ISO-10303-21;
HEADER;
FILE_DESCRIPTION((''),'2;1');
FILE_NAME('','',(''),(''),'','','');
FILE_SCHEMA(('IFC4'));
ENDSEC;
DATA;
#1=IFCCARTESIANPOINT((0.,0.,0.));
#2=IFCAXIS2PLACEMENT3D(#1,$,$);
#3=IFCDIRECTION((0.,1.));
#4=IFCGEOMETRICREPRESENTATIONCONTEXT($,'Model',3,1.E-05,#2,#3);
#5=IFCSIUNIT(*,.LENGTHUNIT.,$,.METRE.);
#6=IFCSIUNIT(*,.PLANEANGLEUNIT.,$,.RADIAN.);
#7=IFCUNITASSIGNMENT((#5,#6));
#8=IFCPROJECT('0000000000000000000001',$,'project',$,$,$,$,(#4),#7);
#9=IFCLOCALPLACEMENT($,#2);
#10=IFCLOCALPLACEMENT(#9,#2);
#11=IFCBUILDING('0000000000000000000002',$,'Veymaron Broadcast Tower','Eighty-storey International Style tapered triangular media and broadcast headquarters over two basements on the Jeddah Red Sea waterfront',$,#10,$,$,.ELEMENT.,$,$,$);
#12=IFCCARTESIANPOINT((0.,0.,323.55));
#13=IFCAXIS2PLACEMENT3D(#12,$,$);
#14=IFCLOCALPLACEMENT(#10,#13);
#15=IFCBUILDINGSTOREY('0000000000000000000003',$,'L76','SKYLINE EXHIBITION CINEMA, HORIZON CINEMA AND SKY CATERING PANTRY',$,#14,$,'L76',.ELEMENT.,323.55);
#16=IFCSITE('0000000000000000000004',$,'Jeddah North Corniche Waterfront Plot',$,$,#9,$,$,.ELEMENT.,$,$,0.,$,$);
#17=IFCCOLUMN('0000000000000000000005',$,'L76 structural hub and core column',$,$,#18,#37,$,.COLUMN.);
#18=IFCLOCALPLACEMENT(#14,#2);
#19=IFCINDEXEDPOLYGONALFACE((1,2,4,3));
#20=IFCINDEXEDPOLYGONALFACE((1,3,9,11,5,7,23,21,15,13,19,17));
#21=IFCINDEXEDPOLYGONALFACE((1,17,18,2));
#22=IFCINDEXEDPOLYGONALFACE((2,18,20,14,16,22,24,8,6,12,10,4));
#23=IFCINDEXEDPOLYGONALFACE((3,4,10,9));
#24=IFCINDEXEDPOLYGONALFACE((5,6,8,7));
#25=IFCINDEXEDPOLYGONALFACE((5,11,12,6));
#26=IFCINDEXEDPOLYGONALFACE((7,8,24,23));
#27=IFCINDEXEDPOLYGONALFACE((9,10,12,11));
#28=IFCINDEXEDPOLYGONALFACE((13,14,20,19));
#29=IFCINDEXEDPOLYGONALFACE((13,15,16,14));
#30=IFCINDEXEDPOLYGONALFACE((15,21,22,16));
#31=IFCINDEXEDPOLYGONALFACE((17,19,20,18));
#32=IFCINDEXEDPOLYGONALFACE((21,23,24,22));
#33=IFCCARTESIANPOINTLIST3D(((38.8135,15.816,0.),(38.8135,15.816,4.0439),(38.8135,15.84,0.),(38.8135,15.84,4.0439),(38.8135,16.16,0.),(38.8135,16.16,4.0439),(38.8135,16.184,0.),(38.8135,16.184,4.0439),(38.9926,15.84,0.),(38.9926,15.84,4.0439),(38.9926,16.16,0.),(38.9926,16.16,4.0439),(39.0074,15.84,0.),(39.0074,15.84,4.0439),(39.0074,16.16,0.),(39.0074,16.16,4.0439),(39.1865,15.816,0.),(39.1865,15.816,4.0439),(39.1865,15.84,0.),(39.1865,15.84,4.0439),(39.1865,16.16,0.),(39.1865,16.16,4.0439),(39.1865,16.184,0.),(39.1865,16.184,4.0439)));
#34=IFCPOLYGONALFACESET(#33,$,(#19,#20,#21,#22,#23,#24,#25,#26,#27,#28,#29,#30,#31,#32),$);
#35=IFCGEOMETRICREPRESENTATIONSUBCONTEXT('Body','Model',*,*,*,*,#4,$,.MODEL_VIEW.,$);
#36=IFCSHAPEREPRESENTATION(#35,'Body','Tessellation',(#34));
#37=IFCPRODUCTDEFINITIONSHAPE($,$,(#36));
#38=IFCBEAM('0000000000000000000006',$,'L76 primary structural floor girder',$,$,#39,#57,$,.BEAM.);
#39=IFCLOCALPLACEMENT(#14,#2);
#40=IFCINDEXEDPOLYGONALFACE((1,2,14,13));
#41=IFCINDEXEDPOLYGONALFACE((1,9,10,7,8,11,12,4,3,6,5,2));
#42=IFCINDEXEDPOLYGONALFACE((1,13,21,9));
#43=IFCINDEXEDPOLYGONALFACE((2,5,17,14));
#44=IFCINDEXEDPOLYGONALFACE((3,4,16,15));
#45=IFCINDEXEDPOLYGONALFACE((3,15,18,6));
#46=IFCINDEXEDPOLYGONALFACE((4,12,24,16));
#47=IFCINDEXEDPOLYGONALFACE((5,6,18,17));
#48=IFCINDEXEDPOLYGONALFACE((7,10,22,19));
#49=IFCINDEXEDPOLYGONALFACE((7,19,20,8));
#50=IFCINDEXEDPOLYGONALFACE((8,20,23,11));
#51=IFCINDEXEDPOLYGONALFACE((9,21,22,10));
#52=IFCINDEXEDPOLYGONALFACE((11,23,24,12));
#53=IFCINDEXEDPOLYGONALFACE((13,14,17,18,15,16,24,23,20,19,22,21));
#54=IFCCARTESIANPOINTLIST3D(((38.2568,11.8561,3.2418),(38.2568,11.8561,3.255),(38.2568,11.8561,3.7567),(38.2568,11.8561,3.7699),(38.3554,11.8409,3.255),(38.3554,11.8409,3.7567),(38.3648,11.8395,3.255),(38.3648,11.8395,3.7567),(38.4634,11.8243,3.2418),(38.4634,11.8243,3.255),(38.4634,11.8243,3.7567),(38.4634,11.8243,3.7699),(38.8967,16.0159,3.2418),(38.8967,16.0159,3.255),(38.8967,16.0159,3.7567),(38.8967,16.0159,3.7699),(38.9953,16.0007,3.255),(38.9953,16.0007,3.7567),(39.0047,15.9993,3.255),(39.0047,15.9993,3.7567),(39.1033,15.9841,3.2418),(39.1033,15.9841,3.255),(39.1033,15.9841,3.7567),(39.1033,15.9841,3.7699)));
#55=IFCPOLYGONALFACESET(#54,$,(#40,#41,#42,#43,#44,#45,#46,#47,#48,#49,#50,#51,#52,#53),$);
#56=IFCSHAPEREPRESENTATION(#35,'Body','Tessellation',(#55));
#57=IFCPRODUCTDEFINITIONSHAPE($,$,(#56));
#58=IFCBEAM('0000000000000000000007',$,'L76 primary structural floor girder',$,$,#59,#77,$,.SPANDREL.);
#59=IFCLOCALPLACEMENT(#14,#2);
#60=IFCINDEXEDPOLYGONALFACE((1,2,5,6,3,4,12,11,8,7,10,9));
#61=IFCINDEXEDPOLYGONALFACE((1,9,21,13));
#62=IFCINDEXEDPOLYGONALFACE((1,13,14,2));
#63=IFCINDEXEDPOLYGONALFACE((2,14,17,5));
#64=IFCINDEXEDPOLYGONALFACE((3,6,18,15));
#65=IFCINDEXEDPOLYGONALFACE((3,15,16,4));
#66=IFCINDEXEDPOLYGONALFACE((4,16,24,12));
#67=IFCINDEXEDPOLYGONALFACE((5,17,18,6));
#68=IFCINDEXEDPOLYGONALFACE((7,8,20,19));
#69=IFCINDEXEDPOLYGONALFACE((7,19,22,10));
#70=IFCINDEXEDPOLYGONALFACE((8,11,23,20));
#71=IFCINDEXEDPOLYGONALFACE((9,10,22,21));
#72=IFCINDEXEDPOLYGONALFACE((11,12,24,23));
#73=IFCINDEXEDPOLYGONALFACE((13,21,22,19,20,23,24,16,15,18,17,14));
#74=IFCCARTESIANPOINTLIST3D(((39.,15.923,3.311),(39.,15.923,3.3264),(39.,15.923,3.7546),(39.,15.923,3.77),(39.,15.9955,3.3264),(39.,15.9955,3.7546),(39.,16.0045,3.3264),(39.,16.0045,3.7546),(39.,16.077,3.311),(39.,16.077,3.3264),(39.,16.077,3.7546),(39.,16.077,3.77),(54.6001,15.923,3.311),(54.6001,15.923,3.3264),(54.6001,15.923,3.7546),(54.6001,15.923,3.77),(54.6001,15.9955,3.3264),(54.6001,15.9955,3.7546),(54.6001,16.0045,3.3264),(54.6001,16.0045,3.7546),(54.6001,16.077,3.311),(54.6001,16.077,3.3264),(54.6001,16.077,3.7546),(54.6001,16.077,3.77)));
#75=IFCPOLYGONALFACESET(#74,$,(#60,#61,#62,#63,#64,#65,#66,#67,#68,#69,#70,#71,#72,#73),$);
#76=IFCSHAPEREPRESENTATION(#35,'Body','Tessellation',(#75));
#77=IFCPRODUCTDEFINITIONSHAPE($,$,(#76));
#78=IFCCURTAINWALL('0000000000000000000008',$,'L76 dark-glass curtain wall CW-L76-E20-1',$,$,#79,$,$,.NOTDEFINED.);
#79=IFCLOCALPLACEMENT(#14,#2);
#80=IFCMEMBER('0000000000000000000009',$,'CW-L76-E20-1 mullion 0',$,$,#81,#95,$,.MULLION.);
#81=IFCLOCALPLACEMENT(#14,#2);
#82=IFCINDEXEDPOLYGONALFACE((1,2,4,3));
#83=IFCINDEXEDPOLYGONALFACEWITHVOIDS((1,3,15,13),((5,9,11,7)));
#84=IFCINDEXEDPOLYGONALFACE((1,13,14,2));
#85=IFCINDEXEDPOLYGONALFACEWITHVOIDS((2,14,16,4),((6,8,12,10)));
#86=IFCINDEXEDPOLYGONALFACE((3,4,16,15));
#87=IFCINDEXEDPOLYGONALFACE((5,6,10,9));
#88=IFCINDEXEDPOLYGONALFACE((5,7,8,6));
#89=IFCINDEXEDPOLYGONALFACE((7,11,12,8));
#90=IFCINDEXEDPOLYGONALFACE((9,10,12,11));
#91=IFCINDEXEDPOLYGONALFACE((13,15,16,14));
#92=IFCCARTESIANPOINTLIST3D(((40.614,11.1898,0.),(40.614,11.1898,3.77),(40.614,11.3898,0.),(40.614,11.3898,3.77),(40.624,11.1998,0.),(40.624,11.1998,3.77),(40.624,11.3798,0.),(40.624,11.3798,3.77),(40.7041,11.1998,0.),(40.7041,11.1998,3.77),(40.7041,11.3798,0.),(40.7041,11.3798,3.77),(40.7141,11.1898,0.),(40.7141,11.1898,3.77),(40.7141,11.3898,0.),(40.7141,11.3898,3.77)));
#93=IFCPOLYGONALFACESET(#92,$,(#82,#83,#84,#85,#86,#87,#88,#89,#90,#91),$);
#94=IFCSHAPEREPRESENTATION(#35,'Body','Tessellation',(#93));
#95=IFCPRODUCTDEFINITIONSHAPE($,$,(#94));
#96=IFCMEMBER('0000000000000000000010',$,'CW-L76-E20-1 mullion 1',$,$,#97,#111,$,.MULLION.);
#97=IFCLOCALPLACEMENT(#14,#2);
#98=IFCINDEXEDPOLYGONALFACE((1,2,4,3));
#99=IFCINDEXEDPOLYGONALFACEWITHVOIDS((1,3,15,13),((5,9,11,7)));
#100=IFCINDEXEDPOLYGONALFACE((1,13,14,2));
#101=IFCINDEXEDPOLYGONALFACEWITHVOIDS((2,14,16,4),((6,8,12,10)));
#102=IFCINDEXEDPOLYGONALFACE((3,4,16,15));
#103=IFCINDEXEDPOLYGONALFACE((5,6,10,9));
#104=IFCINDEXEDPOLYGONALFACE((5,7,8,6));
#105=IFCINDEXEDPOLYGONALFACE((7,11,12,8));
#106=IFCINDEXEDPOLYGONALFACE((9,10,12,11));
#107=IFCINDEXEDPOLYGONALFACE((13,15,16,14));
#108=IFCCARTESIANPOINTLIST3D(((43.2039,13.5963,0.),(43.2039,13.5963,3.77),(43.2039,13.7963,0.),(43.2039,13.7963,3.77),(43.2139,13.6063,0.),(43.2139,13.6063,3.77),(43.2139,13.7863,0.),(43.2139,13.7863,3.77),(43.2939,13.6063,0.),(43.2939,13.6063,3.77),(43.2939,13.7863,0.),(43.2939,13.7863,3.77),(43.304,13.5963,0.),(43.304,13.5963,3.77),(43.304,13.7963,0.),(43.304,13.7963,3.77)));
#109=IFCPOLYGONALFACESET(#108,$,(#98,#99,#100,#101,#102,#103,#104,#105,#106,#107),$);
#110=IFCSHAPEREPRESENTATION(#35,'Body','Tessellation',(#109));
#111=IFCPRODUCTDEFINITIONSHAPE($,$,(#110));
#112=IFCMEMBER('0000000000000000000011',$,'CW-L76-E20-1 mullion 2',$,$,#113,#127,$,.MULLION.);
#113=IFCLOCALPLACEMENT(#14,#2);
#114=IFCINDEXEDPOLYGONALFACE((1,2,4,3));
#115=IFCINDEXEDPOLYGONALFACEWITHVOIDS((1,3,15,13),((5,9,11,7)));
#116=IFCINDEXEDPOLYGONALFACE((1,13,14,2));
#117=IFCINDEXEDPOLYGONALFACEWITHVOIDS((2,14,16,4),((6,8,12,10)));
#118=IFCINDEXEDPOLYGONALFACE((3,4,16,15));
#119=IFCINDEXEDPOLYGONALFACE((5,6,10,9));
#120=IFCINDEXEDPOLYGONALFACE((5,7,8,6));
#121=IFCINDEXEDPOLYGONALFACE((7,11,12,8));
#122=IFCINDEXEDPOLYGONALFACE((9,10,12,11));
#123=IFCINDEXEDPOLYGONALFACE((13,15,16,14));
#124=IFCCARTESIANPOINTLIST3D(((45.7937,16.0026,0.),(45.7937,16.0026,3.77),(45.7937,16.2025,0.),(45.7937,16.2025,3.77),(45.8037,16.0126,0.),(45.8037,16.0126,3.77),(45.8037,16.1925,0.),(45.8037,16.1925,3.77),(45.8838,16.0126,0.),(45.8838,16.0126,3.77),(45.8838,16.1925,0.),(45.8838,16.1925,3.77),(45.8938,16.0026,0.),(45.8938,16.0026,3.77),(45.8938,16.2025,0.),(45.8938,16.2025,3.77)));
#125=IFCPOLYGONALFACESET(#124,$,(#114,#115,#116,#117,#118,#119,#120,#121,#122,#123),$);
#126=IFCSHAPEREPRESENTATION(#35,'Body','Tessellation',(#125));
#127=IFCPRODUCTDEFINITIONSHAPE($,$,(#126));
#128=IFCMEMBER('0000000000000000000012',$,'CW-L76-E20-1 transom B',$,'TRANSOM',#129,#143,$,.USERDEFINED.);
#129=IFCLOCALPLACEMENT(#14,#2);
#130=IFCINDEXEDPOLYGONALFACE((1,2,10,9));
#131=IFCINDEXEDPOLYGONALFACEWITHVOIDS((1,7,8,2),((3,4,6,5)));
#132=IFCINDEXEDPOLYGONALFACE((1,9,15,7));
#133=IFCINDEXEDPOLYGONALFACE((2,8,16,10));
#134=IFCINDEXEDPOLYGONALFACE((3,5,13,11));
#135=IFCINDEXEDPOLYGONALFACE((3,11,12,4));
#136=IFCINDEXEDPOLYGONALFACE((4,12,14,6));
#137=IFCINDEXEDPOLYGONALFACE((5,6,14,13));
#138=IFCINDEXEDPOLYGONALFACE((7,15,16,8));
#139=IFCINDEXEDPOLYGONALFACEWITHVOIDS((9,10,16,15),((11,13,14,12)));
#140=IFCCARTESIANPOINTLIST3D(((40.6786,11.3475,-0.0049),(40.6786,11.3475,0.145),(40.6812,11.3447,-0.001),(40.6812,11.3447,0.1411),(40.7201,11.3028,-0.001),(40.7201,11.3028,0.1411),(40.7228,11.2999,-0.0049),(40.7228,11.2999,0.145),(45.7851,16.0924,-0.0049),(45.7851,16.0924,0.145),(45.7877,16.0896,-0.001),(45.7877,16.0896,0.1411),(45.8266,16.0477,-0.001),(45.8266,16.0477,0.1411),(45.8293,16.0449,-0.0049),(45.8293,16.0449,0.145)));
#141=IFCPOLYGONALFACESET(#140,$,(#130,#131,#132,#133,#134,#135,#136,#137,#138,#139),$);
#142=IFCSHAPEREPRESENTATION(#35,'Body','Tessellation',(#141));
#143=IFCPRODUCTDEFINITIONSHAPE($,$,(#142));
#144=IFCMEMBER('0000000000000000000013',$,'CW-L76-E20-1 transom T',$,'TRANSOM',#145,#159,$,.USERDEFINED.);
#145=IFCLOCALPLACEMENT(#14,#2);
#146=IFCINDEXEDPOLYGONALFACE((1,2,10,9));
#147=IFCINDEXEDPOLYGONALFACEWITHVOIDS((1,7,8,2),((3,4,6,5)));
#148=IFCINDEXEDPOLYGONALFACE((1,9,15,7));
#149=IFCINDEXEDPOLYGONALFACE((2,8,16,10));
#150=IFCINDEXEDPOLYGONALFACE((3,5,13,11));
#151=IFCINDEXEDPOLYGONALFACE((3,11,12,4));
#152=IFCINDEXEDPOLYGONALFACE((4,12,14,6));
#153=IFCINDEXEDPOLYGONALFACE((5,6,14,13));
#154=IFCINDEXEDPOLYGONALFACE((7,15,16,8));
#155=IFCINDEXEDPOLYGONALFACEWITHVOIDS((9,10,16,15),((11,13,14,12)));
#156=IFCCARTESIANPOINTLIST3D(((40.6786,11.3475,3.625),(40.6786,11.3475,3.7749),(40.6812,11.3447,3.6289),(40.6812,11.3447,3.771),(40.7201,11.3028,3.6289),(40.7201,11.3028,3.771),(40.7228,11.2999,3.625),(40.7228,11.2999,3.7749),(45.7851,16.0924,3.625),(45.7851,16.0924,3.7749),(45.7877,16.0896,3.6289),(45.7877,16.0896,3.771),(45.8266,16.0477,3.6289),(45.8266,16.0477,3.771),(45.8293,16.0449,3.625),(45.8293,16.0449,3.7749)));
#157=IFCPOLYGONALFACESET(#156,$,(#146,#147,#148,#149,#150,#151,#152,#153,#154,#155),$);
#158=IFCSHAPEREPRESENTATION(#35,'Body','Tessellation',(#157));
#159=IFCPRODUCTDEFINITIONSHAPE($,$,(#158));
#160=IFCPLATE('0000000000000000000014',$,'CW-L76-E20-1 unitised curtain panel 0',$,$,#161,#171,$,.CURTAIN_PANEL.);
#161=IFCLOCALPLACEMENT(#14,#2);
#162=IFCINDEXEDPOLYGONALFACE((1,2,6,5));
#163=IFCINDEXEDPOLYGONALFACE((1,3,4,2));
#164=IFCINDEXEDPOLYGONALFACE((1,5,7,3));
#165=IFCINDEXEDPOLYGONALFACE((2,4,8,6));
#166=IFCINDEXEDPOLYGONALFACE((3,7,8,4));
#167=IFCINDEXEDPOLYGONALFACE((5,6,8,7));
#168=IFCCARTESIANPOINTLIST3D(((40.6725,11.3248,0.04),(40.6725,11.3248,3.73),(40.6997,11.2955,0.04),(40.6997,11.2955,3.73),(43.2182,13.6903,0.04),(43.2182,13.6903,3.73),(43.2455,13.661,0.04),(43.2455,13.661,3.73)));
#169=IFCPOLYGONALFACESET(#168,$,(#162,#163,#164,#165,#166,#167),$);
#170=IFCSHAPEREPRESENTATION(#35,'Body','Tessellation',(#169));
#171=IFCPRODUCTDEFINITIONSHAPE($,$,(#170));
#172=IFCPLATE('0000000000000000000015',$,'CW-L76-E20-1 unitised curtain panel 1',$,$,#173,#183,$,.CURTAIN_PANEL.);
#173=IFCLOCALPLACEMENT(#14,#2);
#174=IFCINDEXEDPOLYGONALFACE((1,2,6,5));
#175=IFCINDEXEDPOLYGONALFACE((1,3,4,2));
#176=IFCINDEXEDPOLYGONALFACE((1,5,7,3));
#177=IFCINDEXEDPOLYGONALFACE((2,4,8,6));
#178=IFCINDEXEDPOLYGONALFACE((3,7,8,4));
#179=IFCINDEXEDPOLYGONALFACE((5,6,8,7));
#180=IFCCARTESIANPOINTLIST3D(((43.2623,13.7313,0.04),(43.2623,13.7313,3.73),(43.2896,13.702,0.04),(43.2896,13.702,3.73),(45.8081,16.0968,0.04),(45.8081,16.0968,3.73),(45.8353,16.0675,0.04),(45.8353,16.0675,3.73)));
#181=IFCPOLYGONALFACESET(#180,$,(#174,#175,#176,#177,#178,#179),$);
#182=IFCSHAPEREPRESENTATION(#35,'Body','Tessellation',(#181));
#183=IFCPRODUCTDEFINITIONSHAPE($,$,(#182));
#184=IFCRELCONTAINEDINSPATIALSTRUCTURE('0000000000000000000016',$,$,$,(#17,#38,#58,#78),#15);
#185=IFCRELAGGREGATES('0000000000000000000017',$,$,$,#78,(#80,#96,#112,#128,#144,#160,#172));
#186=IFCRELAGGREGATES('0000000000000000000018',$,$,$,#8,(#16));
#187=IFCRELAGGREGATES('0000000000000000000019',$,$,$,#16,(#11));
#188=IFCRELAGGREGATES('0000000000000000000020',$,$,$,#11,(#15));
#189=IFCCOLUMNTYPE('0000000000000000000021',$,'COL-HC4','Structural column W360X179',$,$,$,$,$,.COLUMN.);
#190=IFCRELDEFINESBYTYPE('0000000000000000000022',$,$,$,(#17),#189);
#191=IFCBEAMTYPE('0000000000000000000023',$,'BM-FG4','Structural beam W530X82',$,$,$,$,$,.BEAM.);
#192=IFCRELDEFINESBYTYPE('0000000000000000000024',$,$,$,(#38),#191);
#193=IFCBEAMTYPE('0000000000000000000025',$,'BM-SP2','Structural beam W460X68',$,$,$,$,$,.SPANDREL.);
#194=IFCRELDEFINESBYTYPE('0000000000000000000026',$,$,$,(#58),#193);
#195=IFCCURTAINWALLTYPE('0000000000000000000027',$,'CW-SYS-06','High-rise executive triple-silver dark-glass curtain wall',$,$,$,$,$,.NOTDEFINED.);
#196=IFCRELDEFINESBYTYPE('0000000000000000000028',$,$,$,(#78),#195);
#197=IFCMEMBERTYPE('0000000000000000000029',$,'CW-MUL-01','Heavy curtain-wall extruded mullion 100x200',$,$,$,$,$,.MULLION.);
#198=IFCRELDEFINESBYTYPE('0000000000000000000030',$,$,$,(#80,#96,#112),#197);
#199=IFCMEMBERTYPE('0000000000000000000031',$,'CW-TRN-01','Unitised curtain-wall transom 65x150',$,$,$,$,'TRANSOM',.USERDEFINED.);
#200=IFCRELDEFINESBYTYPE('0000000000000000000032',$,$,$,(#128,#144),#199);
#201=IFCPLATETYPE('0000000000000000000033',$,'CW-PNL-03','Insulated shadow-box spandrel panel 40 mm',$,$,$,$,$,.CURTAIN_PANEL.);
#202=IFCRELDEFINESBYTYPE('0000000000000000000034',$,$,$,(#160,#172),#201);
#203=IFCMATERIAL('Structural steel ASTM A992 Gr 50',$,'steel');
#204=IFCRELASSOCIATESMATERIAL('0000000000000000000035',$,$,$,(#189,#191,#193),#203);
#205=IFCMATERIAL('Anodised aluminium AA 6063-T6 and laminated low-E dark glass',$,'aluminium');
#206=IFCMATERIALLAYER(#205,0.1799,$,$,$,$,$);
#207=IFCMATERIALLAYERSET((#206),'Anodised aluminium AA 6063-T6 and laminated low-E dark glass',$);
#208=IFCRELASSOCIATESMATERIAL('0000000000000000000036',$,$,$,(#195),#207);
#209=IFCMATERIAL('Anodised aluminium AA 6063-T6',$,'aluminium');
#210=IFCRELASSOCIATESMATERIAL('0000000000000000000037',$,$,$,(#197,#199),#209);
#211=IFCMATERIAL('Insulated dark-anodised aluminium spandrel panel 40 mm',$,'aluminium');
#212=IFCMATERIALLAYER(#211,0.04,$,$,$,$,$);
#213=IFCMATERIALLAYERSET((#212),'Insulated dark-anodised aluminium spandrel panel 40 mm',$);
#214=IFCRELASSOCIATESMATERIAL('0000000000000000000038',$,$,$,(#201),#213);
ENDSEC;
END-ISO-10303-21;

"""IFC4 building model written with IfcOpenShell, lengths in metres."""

from ifc_helpers import new_model, si_unit, direction, frame, origin, origin_2d, place, context, subcontext, project, spatial, rectangle, hollow_rectangle, i_section, extrude, material, layer, layer_set, material_profile, profile_set, type_object, element, aggregate, save


model = new_model("IFC4")

# Units and contexts
model_context = context("Model", 3, precision=1e-05, world=origin(), true_north=direction((0.0, 1.0)))
body_context = subcontext(model_context, "Body", "Model", "MODEL_VIEW")
ifc_project = project(units=[si_unit("LENGTHUNIT", "METRE"), si_unit("PLANEANGLEUNIT", "RADIAN")], contexts=[model_context])

# Site, building, storey
site_placement = place(None, origin())
site = spatial("IfcSite", under=ifc_project, at=site_placement, Name="Jeddah North Corniche Waterfront Plot", CompositionType="ELEMENT", RefElevation=0.0)
building_placement = place(site_placement, origin())
building = spatial("IfcBuilding", under=site, at=building_placement, Name="Veymaron Broadcast Tower", Description="Eighty-storey International Style tapered triangular media and broadcast headquarters over two basements on the Jeddah Red Sea waterfront", CompositionType="ELEMENT")
storey_placement = place(building_placement, frame((0.0, 0.0, 323.55)))
storey = spatial("IfcBuildingStorey", under=building, at=storey_placement, Name="L76", Description="SKYLINE EXHIBITION CINEMA, HORIZON CINEMA AND SKY CATERING PANTRY", LongName="L76", CompositionType="ELEMENT", Elevation=323.55)

# Column
ifc_material_1 = material(Name="Structural steel ASTM A992 Gr 50", Category="steel")
ifc_material_profile_1 = material_profile(ifc_material_1, i_section(OverallWidth=0.373, OverallDepth=0.3679, WebThickness=0.0149, FlangeThickness=0.0239, at=origin_2d()), Name="W360X179")
ifc_profile_set_1 = profile_set([ifc_material_profile_1], Name="Structural steel ASTM A992 Gr 50")
column_type = type_object("IfcColumnType", Name="COL-HC4", Description="Structural column W360X179", PredefinedType="COLUMN", material=ifc_profile_set_1)
column_placement = place(storey_placement, frame((39.0, 16.0, 0.0), z_axis=(0.0, 0.0, 1.0), x_axis=(1.0, 0.0, 0.0)))
element("IfcColumn", 1, at=column_placement, inside=storey, type_object=column_type, Name="L76 structural hub and core column", PredefinedType="COLUMN", context=body_context, shape_type="SweptSolid", body=[
    extrude(i_section(OverallWidth=0.373, OverallDepth=0.3679, WebThickness=0.0149, FlangeThickness=0.0239, at=origin_2d()), origin(), (0.0, 0.0, 1.0), 4.0439),
])

# Beams
ifc_material_profile_2 = material_profile(ifc_material_1, i_section(OverallWidth=0.209, OverallDepth=0.5281, WebThickness=0.0095, FlangeThickness=0.0132, at=origin_2d()), Name="W530X82")
ifc_profile_set_2 = profile_set([ifc_material_profile_2], Name="Structural steel ASTM A992 Gr 50")
beam_type_1 = type_object("IfcBeamType", Name="BM-FG4", Description="Structural beam W530X82", PredefinedType="BEAM", material=ifc_profile_set_2)
beam_1_placement = place(storey_placement, frame((39.0, 16.0, 3.5059), z_axis=(-0.152035, -0.988375, 0.0), x_axis=(0.988375, -0.152035, 0.0)))
element("IfcBeam", 2, at=beam_1_placement, inside=storey, type_object=beam_type_1, Name="L76 primary structural floor girder", PredefinedType="BEAM", context=body_context, shape_type="SweptSolid", body=[
    extrude(i_section(OverallWidth=0.209, OverallDepth=0.5281, WebThickness=0.0095, FlangeThickness=0.0132, at=origin_2d()), origin(), (0.0, 0.0, 1.0), 4.2087),
])
ifc_material_profile_3 = material_profile(ifc_material_1, i_section(OverallWidth=0.1541, OverallDepth=0.459, WebThickness=0.009, FlangeThickness=0.0154, at=origin_2d()), Name="W460X68")
ifc_profile_set_3 = profile_set([ifc_material_profile_3], Name="Structural steel ASTM A992 Gr 50")
beam_type_2 = type_object("IfcBeamType", Name="BM-SP2", Description="Structural beam W460X68", PredefinedType="SPANDREL", material=ifc_profile_set_3)
beam_2_placement = place(storey_placement, frame((39.0, 16.0, 3.5405), z_axis=(1.0, 0.0, 0.0), x_axis=(0.0, 1.0, 0.0)))
element("IfcBeam", 3, at=beam_2_placement, inside=storey, type_object=beam_type_2, Name="L76 primary structural floor girder", PredefinedType="SPANDREL", context=body_context, shape_type="SweptSolid", body=[
    extrude(i_section(OverallWidth=0.1541, OverallDepth=0.459, WebThickness=0.009, FlangeThickness=0.0154, at=origin_2d()), origin(), (0.0, 0.0, 1.0), 15.6001),
])

# Curtain wall, members, plates
ifc_material_2 = material(Name="Anodised aluminium AA 6063-T6 and laminated low-E dark glass", Category="aluminium")
ifc_layer_1 = layer(ifc_material_2, 0.1799)
ifc_layer_set_1 = layer_set([ifc_layer_1], Name="Anodised aluminium AA 6063-T6 and laminated low-E dark glass")
curtain_wall_type = type_object("IfcCurtainWallType", Name="CW-SYS-06", Description="High-rise executive triple-silver dark-glass curtain wall", PredefinedType="NOTDEFINED", material=ifc_layer_set_1)
curtain_wall_placement = place(storey_placement, origin())
curtain_wall = element("IfcCurtainWall", 4, at=curtain_wall_placement, inside=storey, type_object=curtain_wall_type, Name="L76 dark-glass curtain wall CW-L76-E20-1", PredefinedType="NOTDEFINED")
ifc_material_3 = material(Name="Anodised aluminium AA 6063-T6", Category="aluminium")
ifc_material_profile_4 = material_profile(ifc_material_3, hollow_rectangle(XDim=0.1001, YDim=0.2, WallThickness=0.01, at=origin_2d()), Name="RHS200X100X10")
ifc_profile_set_4 = profile_set([ifc_material_profile_4], Name="Anodised aluminium AA 6063-T6")
member_type_1 = type_object("IfcMemberType", Name="CW-MUL-01", Description="Heavy curtain-wall extruded mullion 100x200", PredefinedType="MULLION", material=ifc_profile_set_4)
member_1_placement = place(storey_placement, frame((40.6641, 11.2898, 0.0), z_axis=(0.0, 0.0, 1.0), x_axis=(1.0, 0.0, 0.0)))
member_1 = element("IfcMember", 5, at=member_1_placement, type_object=member_type_1, Name="CW-L76-E20-1 mullion 0", PredefinedType="MULLION", context=body_context, shape_type="SweptSolid", body=[
    extrude(hollow_rectangle(XDim=0.1001, YDim=0.2, WallThickness=0.01, at=origin_2d()), origin(), (0.0, 0.0, 1.0), 3.77),
])
member_2_placement = place(storey_placement, frame((43.2539, 13.6963, 0.0), z_axis=(0.0, 0.0, 1.0), x_axis=(1.0, 0.0, 0.0)))
member_2 = element("IfcMember", 6, at=member_2_placement, type_object=member_type_1, Name="CW-L76-E20-1 mullion 1", PredefinedType="MULLION", context=body_context, shape_type="SweptSolid", body=[
    extrude(hollow_rectangle(XDim=0.1001, YDim=0.2, WallThickness=0.01, at=origin_2d()), origin(), (0.0, 0.0, 1.0), 3.77),
])
member_3_placement = place(storey_placement, frame((45.8438, 16.1025, 0.0), z_axis=(0.0, 0.0, 1.0), x_axis=(1.0, 0.0, 0.0)))
member_3 = element("IfcMember", 7, at=member_3_placement, type_object=member_type_1, Name="CW-L76-E20-1 mullion 2", PredefinedType="MULLION", context=body_context, shape_type="SweptSolid", body=[
    extrude(hollow_rectangle(XDim=0.1001, YDim=0.2, WallThickness=0.01, at=origin_2d()), origin(), (0.0, 0.0, 1.0), 3.77),
])
ifc_material_profile_5 = material_profile(ifc_material_3, hollow_rectangle(XDim=0.0649, YDim=0.1499, WallThickness=0.0039, at=origin_2d()), Name="AL150X65X4")
ifc_profile_set_5 = profile_set([ifc_material_profile_5], Name="Anodised aluminium AA 6063-T6")
member_type_2 = type_object("IfcMemberType", Name="CW-TRN-01", Description="Unitised curtain-wall transom 65x150", ElementType="TRANSOM", PredefinedType="USERDEFINED", material=ifc_profile_set_5)
member_4_placement = place(storey_placement, frame((40.7007, 11.3237, 0.0701), z_axis=(0.732566, 0.680696, 0.0), x_axis=(-0.680696, 0.732566, 0.0)))
member_4 = element("IfcMember", 8, at=member_4_placement, type_object=member_type_2, Name="CW-L76-E20-1 transom B", ObjectType="TRANSOM", PredefinedType="USERDEFINED", context=body_context, shape_type="SweptSolid", body=[
    extrude(hollow_rectangle(XDim=0.0649, YDim=0.1499, WallThickness=0.0039, at=origin_2d()), origin(), (0.0, 0.0, 1.0), 6.9707),
])
member_5_placement = place(storey_placement, frame((40.7007, 11.3237, 3.7), z_axis=(0.732566, 0.680696, 0.0), x_axis=(-0.680696, 0.732566, 0.0)))
member_5 = element("IfcMember", 9, at=member_5_placement, type_object=member_type_2, Name="CW-L76-E20-1 transom T", ObjectType="TRANSOM", PredefinedType="USERDEFINED", context=body_context, shape_type="SweptSolid", body=[
    extrude(hollow_rectangle(XDim=0.0649, YDim=0.1499, WallThickness=0.0039, at=origin_2d()), origin(), (0.0, 0.0, 1.0), 6.9707),
])
ifc_material_4 = material(Name="Insulated dark-anodised aluminium spandrel panel 40 mm", Category="aluminium")
ifc_layer_2 = layer(ifc_material_4, 0.04)
ifc_layer_set_2 = layer_set([ifc_layer_2], Name="Insulated dark-anodised aluminium spandrel panel 40 mm")
plate_type = type_object("IfcPlateType", Name="CW-PNL-03", Description="Insulated shadow-box spandrel panel 40 mm", PredefinedType="CURTAIN_PANEL", material=ifc_layer_set_2)
plate_1_placement = place(storey_placement, frame((41.959, 12.4929, 0.04), z_axis=(0.0, 0.0, 1.0), x_axis=(0.732567, 0.680695, 0.0)))
plate_1 = element("IfcPlate", 10, at=plate_1_placement, type_object=plate_type, Name="CW-L76-E20-1 unitised curtain panel 0", PredefinedType="CURTAIN_PANEL", context=body_context, shape_type="SweptSolid", body=[
    extrude(rectangle(XDim=3.4751, YDim=0.04, at=origin_2d()), origin(), (0.0, 0.0, 1.0), 3.6899),
])
plate_2_placement = place(storey_placement, frame((44.5488, 14.8994, 0.04), z_axis=(0.0, 0.0, 1.0), x_axis=(0.732567, 0.680695, 0.0)))
plate_2 = element("IfcPlate", 11, at=plate_2_placement, type_object=plate_type, Name="CW-L76-E20-1 unitised curtain panel 1", PredefinedType="CURTAIN_PANEL", context=body_context, shape_type="SweptSolid", body=[
    extrude(rectangle(XDim=3.4751, YDim=0.04, at=origin_2d()), origin(), (0.0, 0.0, 1.0), 3.6899),
])
aggregate(curtain_wall, [member_1, member_2, member_3, member_4, member_5, plate_1, plate_2])

save(model, "model.ifc")
